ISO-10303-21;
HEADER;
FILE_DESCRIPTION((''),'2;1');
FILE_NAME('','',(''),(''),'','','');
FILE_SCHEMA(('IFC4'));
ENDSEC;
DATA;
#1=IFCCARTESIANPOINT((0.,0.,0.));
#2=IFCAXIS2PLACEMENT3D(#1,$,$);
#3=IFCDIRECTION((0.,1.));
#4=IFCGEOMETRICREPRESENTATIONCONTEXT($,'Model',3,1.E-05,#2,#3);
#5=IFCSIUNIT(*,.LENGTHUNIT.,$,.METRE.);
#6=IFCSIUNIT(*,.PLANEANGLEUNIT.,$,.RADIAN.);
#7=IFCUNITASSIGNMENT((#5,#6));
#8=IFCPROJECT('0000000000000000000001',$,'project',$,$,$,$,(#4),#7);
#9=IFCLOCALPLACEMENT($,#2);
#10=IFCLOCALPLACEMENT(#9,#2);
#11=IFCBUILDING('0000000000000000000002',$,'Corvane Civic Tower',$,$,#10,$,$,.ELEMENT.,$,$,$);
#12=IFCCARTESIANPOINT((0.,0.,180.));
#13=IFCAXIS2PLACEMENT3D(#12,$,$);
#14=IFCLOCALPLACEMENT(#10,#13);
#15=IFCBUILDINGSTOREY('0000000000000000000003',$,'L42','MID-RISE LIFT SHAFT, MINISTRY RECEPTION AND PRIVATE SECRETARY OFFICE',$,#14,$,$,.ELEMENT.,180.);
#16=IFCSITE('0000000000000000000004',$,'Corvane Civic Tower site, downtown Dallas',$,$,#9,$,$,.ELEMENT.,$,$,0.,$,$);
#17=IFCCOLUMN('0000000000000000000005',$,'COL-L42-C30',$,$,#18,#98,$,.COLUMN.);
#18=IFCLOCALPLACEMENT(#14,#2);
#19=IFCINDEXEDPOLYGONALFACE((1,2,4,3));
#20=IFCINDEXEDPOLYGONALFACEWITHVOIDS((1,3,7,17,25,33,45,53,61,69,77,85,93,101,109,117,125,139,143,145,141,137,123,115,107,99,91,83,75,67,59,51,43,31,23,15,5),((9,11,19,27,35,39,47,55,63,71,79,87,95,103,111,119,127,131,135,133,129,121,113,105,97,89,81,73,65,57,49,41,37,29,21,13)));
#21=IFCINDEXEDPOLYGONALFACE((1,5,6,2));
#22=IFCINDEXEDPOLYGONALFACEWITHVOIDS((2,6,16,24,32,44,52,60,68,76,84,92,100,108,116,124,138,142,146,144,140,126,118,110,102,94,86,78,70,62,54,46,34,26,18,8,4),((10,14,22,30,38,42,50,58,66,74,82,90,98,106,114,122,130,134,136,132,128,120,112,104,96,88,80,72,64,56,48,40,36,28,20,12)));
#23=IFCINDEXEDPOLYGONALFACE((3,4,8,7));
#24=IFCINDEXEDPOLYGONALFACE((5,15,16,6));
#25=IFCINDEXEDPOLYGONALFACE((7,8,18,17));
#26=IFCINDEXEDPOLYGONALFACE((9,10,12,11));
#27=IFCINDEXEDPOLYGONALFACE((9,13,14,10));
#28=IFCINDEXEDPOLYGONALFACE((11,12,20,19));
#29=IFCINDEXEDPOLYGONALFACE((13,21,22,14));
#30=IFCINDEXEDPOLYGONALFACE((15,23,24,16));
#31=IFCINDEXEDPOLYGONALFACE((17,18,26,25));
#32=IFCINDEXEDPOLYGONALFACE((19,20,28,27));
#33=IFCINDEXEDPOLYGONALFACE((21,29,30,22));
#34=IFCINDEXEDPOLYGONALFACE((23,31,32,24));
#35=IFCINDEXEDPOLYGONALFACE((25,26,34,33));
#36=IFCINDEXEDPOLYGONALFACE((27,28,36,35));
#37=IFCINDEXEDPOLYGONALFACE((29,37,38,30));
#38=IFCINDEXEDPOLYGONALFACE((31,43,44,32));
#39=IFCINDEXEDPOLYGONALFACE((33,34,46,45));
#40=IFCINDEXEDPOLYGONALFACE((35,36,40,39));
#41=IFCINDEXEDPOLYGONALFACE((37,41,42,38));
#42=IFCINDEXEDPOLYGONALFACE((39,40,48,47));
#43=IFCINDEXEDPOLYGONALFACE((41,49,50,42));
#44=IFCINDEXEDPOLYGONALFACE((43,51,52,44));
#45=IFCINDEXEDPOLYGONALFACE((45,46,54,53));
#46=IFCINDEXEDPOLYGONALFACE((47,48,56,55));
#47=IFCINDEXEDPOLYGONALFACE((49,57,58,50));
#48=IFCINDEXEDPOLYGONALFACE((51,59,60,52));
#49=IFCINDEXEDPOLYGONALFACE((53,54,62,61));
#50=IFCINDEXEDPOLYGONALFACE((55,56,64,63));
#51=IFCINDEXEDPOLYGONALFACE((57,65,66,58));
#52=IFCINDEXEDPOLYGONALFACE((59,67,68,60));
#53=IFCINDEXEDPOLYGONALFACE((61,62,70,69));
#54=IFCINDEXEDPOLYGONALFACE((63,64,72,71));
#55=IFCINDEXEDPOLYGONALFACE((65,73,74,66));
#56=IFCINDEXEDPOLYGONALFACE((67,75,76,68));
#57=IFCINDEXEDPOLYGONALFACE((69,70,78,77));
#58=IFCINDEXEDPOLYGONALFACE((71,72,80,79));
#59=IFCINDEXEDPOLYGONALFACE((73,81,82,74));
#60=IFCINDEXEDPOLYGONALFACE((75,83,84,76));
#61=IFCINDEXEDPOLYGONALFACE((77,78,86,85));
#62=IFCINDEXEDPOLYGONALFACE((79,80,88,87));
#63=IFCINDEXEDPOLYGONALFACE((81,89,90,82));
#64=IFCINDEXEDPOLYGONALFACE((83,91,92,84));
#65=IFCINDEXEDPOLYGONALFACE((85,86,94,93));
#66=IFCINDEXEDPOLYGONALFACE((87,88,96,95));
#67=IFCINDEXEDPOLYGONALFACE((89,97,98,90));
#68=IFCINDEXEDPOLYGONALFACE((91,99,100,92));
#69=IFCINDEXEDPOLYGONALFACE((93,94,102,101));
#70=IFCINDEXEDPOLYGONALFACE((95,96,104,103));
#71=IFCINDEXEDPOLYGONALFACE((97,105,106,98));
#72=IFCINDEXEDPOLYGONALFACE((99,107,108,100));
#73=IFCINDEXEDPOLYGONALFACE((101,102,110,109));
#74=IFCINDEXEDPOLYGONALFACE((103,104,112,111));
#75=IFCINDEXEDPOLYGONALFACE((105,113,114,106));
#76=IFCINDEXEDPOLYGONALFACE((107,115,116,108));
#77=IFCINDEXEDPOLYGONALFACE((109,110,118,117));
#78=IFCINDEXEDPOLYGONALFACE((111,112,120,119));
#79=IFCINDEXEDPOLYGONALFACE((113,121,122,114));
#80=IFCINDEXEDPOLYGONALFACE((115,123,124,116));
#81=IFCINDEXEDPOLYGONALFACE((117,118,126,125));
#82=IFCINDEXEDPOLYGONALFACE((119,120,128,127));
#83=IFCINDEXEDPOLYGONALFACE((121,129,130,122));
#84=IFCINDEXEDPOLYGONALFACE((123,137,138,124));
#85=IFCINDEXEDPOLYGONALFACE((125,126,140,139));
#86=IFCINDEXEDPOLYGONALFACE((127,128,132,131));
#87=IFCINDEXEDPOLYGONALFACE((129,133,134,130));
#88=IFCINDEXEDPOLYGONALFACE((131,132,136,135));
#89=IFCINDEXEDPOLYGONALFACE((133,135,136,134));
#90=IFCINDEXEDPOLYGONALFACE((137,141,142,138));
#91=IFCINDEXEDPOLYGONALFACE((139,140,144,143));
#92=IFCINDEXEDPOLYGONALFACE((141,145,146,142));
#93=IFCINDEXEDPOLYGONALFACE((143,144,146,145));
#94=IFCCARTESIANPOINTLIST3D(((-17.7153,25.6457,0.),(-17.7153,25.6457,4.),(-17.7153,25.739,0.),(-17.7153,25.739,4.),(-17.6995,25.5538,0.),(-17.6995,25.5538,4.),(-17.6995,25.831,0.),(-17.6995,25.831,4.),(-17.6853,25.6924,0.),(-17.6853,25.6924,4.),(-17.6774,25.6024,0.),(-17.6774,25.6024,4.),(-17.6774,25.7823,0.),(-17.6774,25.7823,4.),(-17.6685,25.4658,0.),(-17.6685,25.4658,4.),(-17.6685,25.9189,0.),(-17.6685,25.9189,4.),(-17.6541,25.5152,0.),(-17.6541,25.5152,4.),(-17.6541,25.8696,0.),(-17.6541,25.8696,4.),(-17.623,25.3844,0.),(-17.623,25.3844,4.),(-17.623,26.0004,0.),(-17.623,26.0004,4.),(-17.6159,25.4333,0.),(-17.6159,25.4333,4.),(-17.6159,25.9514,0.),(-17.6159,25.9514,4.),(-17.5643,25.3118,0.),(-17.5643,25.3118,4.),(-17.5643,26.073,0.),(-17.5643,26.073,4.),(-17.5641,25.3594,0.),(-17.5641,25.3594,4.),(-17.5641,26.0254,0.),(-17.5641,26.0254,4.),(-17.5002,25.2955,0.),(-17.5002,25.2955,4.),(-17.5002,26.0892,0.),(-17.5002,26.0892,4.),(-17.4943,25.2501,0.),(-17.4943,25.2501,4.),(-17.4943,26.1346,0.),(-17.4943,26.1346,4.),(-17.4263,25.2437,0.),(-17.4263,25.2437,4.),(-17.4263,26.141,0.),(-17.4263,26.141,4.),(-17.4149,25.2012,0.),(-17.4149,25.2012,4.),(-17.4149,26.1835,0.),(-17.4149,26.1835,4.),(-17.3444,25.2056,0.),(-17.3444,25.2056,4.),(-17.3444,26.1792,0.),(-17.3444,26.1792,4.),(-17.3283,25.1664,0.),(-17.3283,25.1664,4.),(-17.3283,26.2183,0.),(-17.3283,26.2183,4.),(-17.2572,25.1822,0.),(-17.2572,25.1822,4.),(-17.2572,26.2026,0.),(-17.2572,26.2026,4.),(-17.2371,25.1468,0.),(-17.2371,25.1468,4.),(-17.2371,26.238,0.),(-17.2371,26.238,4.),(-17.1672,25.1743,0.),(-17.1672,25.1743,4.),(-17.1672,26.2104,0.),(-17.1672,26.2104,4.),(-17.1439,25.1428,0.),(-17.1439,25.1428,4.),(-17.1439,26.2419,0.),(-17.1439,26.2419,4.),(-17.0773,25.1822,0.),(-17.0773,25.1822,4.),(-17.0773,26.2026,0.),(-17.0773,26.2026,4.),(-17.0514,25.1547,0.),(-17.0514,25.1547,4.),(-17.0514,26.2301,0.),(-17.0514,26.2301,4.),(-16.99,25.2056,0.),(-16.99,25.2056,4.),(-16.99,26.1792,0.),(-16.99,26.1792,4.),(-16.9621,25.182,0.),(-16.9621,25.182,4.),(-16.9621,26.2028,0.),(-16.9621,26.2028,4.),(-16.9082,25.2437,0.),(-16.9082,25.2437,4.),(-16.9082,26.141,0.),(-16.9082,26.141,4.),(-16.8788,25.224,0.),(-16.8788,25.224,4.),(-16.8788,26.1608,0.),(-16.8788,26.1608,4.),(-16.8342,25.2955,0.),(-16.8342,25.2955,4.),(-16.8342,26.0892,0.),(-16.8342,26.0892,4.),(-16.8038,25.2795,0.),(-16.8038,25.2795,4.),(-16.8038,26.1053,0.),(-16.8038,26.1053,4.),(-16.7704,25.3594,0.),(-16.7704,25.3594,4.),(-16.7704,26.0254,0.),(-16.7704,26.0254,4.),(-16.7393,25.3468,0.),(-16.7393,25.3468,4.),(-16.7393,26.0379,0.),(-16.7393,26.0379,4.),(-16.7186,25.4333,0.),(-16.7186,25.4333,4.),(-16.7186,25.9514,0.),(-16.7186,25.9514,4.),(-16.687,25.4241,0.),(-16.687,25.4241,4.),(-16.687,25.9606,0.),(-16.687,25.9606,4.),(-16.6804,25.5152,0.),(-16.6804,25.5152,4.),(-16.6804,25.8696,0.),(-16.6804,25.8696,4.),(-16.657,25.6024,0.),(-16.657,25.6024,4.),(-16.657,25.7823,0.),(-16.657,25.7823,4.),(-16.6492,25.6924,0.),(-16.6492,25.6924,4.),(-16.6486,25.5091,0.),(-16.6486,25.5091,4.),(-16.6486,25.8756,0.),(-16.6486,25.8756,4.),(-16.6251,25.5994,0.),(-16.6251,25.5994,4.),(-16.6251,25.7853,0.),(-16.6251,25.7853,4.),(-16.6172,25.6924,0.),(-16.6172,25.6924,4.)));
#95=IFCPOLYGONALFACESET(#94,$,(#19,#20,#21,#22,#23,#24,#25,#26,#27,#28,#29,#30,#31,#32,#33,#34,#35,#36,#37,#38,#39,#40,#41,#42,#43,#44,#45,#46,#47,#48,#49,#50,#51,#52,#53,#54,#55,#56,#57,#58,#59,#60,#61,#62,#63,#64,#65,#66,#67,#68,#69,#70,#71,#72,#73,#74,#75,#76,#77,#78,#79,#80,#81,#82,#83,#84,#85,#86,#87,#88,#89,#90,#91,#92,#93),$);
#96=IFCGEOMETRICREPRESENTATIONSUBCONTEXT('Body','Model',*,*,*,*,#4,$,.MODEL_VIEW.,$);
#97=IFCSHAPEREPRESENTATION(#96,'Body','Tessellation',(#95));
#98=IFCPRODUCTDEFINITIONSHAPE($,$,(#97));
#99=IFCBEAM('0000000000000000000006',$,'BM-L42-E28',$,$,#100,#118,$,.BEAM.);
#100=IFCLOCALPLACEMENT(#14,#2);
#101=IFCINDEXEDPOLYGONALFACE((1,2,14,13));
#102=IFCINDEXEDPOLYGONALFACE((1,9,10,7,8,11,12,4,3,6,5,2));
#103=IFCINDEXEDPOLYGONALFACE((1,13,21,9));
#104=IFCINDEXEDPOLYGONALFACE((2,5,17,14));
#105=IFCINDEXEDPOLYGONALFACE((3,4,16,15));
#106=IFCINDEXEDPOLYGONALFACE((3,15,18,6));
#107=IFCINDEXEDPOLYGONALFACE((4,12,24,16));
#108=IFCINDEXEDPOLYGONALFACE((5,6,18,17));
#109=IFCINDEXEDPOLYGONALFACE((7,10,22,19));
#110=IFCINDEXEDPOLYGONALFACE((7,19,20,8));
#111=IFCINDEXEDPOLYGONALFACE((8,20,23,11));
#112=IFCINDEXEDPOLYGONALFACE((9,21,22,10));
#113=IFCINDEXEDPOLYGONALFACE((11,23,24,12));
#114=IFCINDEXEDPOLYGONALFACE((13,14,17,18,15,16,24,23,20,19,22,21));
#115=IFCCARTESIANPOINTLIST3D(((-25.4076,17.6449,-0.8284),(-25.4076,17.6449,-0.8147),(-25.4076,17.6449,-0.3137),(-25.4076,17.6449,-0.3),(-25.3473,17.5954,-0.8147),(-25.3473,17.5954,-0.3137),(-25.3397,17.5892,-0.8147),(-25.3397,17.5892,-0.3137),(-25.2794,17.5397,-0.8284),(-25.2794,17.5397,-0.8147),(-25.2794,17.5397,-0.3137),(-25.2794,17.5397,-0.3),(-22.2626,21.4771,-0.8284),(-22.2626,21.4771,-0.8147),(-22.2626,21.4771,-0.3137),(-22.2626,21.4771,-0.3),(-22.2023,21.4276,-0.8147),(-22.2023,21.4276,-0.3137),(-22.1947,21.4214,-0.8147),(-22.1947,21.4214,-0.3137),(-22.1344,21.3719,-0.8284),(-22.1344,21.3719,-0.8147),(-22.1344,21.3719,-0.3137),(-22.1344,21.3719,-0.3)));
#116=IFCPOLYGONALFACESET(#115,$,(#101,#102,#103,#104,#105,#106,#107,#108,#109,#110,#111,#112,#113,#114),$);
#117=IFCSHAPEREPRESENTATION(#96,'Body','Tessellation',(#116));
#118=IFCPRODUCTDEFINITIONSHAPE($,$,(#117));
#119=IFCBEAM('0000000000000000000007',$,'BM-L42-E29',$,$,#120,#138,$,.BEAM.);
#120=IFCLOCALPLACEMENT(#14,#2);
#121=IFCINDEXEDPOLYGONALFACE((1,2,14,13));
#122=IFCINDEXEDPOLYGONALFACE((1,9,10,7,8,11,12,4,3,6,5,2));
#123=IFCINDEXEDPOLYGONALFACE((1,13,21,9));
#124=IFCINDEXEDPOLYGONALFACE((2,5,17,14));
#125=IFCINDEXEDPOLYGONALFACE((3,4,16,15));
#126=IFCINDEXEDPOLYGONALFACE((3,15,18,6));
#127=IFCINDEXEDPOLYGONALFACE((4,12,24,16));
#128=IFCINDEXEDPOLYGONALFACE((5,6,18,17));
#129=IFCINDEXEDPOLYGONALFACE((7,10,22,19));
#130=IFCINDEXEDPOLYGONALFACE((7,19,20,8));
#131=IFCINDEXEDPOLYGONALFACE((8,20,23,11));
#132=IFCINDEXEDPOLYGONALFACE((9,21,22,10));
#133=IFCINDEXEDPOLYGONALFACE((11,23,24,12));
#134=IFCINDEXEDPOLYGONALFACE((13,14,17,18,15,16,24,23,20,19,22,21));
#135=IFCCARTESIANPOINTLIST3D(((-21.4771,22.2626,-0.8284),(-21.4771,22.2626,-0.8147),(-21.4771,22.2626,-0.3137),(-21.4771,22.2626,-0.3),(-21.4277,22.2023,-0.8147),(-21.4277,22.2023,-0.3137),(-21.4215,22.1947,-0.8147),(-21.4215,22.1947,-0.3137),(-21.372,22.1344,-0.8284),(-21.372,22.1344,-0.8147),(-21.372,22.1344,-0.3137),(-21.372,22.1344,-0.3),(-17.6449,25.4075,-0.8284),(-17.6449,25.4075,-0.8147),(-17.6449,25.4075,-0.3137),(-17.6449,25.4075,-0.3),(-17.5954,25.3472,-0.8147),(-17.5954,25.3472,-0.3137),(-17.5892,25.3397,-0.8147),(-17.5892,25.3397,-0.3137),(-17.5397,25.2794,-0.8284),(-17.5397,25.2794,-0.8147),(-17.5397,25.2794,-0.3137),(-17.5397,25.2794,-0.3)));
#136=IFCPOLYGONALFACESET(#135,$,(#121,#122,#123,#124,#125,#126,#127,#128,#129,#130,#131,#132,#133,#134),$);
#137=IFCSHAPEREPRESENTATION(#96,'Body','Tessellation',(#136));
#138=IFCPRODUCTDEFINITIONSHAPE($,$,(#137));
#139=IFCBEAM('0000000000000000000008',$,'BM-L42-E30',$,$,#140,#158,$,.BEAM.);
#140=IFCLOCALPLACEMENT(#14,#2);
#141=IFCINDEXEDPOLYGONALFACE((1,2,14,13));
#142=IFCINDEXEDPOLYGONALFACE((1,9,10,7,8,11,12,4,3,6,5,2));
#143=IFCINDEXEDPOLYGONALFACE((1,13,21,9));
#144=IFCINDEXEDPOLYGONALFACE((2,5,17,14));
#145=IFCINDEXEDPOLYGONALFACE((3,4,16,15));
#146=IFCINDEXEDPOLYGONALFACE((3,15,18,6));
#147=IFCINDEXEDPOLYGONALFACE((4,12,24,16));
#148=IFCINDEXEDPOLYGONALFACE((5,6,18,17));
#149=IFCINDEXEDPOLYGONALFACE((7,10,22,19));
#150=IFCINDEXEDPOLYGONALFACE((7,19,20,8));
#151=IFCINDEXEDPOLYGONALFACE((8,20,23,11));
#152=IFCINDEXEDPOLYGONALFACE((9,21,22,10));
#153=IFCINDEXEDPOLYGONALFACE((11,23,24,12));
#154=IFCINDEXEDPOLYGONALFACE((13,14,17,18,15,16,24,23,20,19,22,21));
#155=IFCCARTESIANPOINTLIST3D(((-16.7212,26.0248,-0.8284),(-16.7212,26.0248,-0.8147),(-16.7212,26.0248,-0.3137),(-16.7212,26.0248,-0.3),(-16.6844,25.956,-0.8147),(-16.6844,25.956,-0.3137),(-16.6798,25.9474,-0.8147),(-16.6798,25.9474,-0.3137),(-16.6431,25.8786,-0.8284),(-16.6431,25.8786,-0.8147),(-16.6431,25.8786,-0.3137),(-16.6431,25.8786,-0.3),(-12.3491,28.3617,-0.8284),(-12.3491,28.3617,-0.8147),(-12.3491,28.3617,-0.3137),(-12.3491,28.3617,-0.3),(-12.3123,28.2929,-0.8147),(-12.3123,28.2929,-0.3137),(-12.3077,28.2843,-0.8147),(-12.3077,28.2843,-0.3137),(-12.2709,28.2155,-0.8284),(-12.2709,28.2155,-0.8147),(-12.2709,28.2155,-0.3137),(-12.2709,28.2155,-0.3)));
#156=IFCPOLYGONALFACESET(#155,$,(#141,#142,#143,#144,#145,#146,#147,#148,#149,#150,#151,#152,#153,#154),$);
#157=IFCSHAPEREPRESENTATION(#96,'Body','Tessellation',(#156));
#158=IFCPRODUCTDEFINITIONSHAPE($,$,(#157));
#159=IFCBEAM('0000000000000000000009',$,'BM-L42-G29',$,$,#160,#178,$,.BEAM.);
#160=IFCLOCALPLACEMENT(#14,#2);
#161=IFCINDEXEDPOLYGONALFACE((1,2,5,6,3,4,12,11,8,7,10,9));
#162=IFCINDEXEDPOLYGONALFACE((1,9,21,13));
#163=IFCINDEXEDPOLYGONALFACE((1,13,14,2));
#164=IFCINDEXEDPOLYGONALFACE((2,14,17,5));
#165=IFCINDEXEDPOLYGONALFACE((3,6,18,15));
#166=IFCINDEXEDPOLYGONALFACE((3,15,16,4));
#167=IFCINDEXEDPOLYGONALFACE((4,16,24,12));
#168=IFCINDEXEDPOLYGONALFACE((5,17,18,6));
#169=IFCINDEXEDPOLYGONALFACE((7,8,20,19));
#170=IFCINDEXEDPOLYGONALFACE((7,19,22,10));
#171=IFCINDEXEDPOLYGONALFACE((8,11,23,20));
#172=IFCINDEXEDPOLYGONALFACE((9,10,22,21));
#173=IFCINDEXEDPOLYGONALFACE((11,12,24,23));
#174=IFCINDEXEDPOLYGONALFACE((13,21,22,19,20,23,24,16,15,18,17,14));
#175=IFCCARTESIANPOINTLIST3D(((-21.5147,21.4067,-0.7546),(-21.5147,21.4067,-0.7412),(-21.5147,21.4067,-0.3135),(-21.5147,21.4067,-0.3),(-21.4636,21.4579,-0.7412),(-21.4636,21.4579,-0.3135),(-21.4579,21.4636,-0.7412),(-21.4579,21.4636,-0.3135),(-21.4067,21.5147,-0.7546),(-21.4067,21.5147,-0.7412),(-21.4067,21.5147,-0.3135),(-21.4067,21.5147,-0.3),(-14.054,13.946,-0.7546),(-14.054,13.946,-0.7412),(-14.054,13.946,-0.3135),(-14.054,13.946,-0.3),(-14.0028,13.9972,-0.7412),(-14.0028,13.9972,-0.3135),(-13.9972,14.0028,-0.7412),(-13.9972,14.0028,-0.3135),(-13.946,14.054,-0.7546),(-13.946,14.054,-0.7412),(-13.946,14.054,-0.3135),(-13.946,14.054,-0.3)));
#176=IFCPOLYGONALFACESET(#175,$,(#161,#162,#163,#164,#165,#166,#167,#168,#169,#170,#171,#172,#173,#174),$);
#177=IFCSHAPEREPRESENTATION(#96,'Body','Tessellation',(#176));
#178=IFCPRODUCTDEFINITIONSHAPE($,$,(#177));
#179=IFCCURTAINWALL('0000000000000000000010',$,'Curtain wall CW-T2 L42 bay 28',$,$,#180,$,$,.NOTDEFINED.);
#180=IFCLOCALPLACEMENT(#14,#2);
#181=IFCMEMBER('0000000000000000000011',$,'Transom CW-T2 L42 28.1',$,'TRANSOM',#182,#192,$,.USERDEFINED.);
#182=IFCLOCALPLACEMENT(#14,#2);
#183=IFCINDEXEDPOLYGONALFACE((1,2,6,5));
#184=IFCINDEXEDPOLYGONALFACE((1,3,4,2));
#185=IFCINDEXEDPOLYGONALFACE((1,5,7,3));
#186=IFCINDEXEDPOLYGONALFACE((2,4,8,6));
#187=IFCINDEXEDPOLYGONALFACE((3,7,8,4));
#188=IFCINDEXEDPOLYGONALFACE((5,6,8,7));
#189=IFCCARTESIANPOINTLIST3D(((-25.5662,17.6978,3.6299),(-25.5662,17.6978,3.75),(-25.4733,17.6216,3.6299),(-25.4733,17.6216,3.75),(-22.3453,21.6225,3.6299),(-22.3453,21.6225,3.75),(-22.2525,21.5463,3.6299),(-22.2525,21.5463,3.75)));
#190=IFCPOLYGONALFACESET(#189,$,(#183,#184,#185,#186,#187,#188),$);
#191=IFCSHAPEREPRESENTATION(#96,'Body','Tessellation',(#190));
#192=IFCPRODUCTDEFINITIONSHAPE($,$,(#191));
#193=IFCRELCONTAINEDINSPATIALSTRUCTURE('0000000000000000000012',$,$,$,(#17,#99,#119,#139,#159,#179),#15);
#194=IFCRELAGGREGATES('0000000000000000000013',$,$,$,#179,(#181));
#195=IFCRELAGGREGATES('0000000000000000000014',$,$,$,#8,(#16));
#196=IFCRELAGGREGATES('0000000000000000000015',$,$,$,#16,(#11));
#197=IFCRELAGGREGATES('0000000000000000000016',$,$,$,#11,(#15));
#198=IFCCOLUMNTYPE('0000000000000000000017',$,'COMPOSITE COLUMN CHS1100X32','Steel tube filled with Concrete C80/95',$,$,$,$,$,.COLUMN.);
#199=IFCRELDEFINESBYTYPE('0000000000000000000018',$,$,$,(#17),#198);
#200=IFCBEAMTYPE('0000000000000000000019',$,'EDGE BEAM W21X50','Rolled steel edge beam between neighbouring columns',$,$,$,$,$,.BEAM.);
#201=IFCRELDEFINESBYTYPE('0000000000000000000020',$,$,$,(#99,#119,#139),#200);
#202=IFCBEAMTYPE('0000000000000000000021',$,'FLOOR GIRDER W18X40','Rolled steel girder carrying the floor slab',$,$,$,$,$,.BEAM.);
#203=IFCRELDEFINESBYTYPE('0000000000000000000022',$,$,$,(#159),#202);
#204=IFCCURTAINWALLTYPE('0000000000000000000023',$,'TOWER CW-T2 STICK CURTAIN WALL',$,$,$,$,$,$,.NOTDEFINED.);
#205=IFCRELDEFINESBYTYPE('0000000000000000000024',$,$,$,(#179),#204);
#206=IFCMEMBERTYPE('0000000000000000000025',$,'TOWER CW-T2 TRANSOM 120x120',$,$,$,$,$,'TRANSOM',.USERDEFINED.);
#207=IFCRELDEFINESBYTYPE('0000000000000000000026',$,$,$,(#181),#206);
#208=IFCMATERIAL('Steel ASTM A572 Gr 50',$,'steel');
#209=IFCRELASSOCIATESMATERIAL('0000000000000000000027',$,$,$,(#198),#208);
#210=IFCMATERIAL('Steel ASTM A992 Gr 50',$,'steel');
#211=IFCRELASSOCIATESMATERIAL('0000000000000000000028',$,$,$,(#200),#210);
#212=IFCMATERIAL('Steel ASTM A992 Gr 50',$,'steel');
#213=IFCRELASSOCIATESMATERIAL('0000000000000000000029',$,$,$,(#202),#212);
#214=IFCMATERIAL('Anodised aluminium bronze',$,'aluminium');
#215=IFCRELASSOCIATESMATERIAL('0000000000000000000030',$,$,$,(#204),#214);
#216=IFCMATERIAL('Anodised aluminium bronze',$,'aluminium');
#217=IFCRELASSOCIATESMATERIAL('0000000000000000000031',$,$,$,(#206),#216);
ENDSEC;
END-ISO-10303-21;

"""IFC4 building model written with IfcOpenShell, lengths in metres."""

from ifc_helpers import new_model, si_unit, direction, frame, origin, origin_2d, place, context, subcontext, project, spatial, rectangle, hollow_circle, i_section, extrude, material, material_profile, profile_set, type_object, element, aggregate, save


model = new_model("IFC4")

# Units and contexts
model_context = context("Model", 3, precision=1e-05, world=origin(), true_north=direction((0.0, 1.0)))
body_context = subcontext(model_context, "Body", "Model", "MODEL_VIEW")
ifc_project = project(units=[si_unit("LENGTHUNIT", "METRE"), si_unit("PLANEANGLEUNIT", "RADIAN")], contexts=[model_context])

# Site, building, storey
site_placement = place(None, origin())
site = spatial("IfcSite", under=ifc_project, at=site_placement, Name="Corvane Civic Tower site, downtown Dallas", CompositionType="ELEMENT", RefElevation=0.0)
building_placement = place(site_placement, origin())
building = spatial("IfcBuilding", under=site, at=building_placement, Name="Corvane Civic Tower", CompositionType="ELEMENT")
storey_placement = place(building_placement, frame((0.0, 0.0, 180.0)))
storey = spatial("IfcBuildingStorey", under=building, at=storey_placement, Name="L42", Description="MID-RISE LIFT SHAFT, MINISTRY RECEPTION AND PRIVATE SECRETARY OFFICE", CompositionType="ELEMENT", Elevation=180.0)

# Column
ifc_material_1 = material(Name="Steel ASTM A572 Gr 50", Category="steel")
ifc_material_profile_1 = material_profile(ifc_material_1, hollow_circle(Radius=0.55, WallThickness=0.032, at=origin_2d()), Name="CHS1100X32")
ifc_profile_set_1 = profile_set([ifc_material_profile_1], Name="Steel ASTM A572 Gr 50")
column_type = type_object("IfcColumnType", Name="COMPOSITE COLUMN CHS1100X32", Description="Steel tube filled with Concrete C80/95", PredefinedType="COLUMN", material=ifc_profile_set_1)
for number, where, z_axis, x_axis, name in (
    (1, (-17.1672, 25.6924, 0.0), (0.0, 0.0, 1.0), (1.0, 0.0, 0.0), "COL-L42-C30"),
):
    element("IfcColumn", number, at=place(storey_placement, frame(where, z_axis=z_axis, x_axis=x_axis)), inside=storey, type_object=column_type, Name=name, PredefinedType="COLUMN", context=body_context, shape_type="SweptSolid", body=[
        extrude(hollow_circle(Radius=0.55, WallThickness=0.032, at=origin_2d()), origin(), (0.0, 0.0, 1.0), 4.0),
    ])

# Beams
ifc_material_2 = material(Name="Steel ASTM A992 Gr 50", Category="steel")
ifc_material_profile_2 = material_profile(ifc_material_2, i_section(OverallWidth=0.1658, OverallDepth=0.5283, WebThickness=0.0098, FlangeThickness=0.0137, at=origin_2d()), Name="W21X50")
ifc_profile_set_2 = profile_set([ifc_material_profile_2], Name="Steel ASTM A992 Gr 50")
beam_type_1 = type_object("IfcBeamType", Name="EDGE BEAM W21X50", Description="Rolled steel edge beam between neighbouring columns", PredefinedType="BEAM", material=ifc_profile_set_2)
for number, where, z_axis, x_axis, name in (
    (2, (-25.3435, 17.5923, -0.5642), (0.634388, 0.773015, 0.0), (-0.773015, 0.634388, 0.0), "BM-L42-E28"),
    (3, (-21.4246, 22.1985, -0.5642), (0.773015, 0.634388, 0.0), (-0.634388, 0.773015, 0.0), "BM-L42-E29"),
    (4, (-16.6821, 25.9517, -0.5642), (0.881922, 0.471396, 0.0), (-0.471396, 0.881922, 0.0), "BM-L42-E30"),
):
    element("IfcBeam", number, at=place(storey_placement, frame(where, z_axis=z_axis, x_axis=x_axis)), inside=storey, type_object=beam_type_1, Name=name, PredefinedType="BEAM", context=body_context, shape_type="SweptSolid", body=[
        extrude(i_section(OverallWidth=0.1658, OverallDepth=0.5283, WebThickness=0.0098, FlangeThickness=0.0137, at=origin_2d()), origin(), (0.0, 0.0, 1.0), 4.9575),
    ])
ifc_material_3 = material(Name="Steel ASTM A992 Gr 50", Category="steel")
ifc_material_profile_3 = material_profile(ifc_material_3, i_section(OverallWidth=0.1528, OverallDepth=0.4546, WebThickness=0.0081, FlangeThickness=0.0134, at=origin_2d()), Name="W18X40")
ifc_profile_set_3 = profile_set([ifc_material_profile_3], Name="Steel ASTM A992 Gr 50")
beam_type_2 = type_object("IfcBeamType", Name="FLOOR GIRDER W18X40", Description="Rolled steel girder carrying the floor slab", PredefinedType="BEAM", material=ifc_profile_set_3)
beam_placement = place(storey_placement, frame((-14.0, 14.0, -0.5273), z_axis=(-0.707107, 0.707107, 0.0), x_axis=(-0.707107, -0.707107, 0.0)))
element("IfcBeam", 5, at=beam_placement, inside=storey, type_object=beam_type_2, Name="BM-L42-G29", PredefinedType="BEAM", context=body_context, shape_type="SweptSolid", body=[
    extrude(i_section(OverallWidth=0.1528, OverallDepth=0.4546, WebThickness=0.0081, FlangeThickness=0.0134, at=origin_2d()), origin(), (0.0, 0.0, 1.0), 10.551),
])

# Curtain wall, member
ifc_material_4 = material(Name="Anodised aluminium bronze", Category="aluminium")
curtain_wall_type = type_object("IfcCurtainWallType", Name="TOWER CW-T2 STICK CURTAIN WALL", PredefinedType="NOTDEFINED", material=ifc_material_4)
curtain_wall_1_placement = place(storey_placement, origin())
curtain_wall_1 = element("IfcCurtainWall", 6, at=curtain_wall_1_placement, inside=storey, type_object=curtain_wall_type, Name="Curtain wall CW-T2 L42 bay 28", PredefinedType="NOTDEFINED")
ifc_material_5 = material(Name="Anodised aluminium bronze", Category="aluminium")
ifc_material_profile_4 = material_profile(ifc_material_5, rectangle(XDim=0.1201, YDim=0.1201, at=origin_2d()), Name="TOWER CW-T2 TRANSOM 120x120")
ifc_profile_set_4 = profile_set([ifc_material_profile_4], Name="Anodised aluminium bronze")
member_type = type_object("IfcMemberType", Name="TOWER CW-T2 TRANSOM 120x120", ElementType="TRANSOM", PredefinedType="USERDEFINED", material=ifc_profile_set_4)
member_1_placement = place(storey_placement, frame((-25.5198, 17.6597, 3.6899), z_axis=(0.634387, 0.773016, 0.0), x_axis=(-0.773016, 0.634387, 0.0)))
member_1 = element("IfcMember", 7, at=member_1_placement, type_object=member_type, Name="Transom CW-T2 L42 28.1", ObjectType="TRANSOM", PredefinedType="USERDEFINED", context=body_context, shape_type="SweptSolid", body=[
    extrude(rectangle(XDim=0.1201, YDim=0.1201, at=origin_2d()), origin(), (0.0, 0.0, 1.0), 5.0771),
])

aggregate(curtain_wall_1, [member_1])

save(model, "model.ifc")
